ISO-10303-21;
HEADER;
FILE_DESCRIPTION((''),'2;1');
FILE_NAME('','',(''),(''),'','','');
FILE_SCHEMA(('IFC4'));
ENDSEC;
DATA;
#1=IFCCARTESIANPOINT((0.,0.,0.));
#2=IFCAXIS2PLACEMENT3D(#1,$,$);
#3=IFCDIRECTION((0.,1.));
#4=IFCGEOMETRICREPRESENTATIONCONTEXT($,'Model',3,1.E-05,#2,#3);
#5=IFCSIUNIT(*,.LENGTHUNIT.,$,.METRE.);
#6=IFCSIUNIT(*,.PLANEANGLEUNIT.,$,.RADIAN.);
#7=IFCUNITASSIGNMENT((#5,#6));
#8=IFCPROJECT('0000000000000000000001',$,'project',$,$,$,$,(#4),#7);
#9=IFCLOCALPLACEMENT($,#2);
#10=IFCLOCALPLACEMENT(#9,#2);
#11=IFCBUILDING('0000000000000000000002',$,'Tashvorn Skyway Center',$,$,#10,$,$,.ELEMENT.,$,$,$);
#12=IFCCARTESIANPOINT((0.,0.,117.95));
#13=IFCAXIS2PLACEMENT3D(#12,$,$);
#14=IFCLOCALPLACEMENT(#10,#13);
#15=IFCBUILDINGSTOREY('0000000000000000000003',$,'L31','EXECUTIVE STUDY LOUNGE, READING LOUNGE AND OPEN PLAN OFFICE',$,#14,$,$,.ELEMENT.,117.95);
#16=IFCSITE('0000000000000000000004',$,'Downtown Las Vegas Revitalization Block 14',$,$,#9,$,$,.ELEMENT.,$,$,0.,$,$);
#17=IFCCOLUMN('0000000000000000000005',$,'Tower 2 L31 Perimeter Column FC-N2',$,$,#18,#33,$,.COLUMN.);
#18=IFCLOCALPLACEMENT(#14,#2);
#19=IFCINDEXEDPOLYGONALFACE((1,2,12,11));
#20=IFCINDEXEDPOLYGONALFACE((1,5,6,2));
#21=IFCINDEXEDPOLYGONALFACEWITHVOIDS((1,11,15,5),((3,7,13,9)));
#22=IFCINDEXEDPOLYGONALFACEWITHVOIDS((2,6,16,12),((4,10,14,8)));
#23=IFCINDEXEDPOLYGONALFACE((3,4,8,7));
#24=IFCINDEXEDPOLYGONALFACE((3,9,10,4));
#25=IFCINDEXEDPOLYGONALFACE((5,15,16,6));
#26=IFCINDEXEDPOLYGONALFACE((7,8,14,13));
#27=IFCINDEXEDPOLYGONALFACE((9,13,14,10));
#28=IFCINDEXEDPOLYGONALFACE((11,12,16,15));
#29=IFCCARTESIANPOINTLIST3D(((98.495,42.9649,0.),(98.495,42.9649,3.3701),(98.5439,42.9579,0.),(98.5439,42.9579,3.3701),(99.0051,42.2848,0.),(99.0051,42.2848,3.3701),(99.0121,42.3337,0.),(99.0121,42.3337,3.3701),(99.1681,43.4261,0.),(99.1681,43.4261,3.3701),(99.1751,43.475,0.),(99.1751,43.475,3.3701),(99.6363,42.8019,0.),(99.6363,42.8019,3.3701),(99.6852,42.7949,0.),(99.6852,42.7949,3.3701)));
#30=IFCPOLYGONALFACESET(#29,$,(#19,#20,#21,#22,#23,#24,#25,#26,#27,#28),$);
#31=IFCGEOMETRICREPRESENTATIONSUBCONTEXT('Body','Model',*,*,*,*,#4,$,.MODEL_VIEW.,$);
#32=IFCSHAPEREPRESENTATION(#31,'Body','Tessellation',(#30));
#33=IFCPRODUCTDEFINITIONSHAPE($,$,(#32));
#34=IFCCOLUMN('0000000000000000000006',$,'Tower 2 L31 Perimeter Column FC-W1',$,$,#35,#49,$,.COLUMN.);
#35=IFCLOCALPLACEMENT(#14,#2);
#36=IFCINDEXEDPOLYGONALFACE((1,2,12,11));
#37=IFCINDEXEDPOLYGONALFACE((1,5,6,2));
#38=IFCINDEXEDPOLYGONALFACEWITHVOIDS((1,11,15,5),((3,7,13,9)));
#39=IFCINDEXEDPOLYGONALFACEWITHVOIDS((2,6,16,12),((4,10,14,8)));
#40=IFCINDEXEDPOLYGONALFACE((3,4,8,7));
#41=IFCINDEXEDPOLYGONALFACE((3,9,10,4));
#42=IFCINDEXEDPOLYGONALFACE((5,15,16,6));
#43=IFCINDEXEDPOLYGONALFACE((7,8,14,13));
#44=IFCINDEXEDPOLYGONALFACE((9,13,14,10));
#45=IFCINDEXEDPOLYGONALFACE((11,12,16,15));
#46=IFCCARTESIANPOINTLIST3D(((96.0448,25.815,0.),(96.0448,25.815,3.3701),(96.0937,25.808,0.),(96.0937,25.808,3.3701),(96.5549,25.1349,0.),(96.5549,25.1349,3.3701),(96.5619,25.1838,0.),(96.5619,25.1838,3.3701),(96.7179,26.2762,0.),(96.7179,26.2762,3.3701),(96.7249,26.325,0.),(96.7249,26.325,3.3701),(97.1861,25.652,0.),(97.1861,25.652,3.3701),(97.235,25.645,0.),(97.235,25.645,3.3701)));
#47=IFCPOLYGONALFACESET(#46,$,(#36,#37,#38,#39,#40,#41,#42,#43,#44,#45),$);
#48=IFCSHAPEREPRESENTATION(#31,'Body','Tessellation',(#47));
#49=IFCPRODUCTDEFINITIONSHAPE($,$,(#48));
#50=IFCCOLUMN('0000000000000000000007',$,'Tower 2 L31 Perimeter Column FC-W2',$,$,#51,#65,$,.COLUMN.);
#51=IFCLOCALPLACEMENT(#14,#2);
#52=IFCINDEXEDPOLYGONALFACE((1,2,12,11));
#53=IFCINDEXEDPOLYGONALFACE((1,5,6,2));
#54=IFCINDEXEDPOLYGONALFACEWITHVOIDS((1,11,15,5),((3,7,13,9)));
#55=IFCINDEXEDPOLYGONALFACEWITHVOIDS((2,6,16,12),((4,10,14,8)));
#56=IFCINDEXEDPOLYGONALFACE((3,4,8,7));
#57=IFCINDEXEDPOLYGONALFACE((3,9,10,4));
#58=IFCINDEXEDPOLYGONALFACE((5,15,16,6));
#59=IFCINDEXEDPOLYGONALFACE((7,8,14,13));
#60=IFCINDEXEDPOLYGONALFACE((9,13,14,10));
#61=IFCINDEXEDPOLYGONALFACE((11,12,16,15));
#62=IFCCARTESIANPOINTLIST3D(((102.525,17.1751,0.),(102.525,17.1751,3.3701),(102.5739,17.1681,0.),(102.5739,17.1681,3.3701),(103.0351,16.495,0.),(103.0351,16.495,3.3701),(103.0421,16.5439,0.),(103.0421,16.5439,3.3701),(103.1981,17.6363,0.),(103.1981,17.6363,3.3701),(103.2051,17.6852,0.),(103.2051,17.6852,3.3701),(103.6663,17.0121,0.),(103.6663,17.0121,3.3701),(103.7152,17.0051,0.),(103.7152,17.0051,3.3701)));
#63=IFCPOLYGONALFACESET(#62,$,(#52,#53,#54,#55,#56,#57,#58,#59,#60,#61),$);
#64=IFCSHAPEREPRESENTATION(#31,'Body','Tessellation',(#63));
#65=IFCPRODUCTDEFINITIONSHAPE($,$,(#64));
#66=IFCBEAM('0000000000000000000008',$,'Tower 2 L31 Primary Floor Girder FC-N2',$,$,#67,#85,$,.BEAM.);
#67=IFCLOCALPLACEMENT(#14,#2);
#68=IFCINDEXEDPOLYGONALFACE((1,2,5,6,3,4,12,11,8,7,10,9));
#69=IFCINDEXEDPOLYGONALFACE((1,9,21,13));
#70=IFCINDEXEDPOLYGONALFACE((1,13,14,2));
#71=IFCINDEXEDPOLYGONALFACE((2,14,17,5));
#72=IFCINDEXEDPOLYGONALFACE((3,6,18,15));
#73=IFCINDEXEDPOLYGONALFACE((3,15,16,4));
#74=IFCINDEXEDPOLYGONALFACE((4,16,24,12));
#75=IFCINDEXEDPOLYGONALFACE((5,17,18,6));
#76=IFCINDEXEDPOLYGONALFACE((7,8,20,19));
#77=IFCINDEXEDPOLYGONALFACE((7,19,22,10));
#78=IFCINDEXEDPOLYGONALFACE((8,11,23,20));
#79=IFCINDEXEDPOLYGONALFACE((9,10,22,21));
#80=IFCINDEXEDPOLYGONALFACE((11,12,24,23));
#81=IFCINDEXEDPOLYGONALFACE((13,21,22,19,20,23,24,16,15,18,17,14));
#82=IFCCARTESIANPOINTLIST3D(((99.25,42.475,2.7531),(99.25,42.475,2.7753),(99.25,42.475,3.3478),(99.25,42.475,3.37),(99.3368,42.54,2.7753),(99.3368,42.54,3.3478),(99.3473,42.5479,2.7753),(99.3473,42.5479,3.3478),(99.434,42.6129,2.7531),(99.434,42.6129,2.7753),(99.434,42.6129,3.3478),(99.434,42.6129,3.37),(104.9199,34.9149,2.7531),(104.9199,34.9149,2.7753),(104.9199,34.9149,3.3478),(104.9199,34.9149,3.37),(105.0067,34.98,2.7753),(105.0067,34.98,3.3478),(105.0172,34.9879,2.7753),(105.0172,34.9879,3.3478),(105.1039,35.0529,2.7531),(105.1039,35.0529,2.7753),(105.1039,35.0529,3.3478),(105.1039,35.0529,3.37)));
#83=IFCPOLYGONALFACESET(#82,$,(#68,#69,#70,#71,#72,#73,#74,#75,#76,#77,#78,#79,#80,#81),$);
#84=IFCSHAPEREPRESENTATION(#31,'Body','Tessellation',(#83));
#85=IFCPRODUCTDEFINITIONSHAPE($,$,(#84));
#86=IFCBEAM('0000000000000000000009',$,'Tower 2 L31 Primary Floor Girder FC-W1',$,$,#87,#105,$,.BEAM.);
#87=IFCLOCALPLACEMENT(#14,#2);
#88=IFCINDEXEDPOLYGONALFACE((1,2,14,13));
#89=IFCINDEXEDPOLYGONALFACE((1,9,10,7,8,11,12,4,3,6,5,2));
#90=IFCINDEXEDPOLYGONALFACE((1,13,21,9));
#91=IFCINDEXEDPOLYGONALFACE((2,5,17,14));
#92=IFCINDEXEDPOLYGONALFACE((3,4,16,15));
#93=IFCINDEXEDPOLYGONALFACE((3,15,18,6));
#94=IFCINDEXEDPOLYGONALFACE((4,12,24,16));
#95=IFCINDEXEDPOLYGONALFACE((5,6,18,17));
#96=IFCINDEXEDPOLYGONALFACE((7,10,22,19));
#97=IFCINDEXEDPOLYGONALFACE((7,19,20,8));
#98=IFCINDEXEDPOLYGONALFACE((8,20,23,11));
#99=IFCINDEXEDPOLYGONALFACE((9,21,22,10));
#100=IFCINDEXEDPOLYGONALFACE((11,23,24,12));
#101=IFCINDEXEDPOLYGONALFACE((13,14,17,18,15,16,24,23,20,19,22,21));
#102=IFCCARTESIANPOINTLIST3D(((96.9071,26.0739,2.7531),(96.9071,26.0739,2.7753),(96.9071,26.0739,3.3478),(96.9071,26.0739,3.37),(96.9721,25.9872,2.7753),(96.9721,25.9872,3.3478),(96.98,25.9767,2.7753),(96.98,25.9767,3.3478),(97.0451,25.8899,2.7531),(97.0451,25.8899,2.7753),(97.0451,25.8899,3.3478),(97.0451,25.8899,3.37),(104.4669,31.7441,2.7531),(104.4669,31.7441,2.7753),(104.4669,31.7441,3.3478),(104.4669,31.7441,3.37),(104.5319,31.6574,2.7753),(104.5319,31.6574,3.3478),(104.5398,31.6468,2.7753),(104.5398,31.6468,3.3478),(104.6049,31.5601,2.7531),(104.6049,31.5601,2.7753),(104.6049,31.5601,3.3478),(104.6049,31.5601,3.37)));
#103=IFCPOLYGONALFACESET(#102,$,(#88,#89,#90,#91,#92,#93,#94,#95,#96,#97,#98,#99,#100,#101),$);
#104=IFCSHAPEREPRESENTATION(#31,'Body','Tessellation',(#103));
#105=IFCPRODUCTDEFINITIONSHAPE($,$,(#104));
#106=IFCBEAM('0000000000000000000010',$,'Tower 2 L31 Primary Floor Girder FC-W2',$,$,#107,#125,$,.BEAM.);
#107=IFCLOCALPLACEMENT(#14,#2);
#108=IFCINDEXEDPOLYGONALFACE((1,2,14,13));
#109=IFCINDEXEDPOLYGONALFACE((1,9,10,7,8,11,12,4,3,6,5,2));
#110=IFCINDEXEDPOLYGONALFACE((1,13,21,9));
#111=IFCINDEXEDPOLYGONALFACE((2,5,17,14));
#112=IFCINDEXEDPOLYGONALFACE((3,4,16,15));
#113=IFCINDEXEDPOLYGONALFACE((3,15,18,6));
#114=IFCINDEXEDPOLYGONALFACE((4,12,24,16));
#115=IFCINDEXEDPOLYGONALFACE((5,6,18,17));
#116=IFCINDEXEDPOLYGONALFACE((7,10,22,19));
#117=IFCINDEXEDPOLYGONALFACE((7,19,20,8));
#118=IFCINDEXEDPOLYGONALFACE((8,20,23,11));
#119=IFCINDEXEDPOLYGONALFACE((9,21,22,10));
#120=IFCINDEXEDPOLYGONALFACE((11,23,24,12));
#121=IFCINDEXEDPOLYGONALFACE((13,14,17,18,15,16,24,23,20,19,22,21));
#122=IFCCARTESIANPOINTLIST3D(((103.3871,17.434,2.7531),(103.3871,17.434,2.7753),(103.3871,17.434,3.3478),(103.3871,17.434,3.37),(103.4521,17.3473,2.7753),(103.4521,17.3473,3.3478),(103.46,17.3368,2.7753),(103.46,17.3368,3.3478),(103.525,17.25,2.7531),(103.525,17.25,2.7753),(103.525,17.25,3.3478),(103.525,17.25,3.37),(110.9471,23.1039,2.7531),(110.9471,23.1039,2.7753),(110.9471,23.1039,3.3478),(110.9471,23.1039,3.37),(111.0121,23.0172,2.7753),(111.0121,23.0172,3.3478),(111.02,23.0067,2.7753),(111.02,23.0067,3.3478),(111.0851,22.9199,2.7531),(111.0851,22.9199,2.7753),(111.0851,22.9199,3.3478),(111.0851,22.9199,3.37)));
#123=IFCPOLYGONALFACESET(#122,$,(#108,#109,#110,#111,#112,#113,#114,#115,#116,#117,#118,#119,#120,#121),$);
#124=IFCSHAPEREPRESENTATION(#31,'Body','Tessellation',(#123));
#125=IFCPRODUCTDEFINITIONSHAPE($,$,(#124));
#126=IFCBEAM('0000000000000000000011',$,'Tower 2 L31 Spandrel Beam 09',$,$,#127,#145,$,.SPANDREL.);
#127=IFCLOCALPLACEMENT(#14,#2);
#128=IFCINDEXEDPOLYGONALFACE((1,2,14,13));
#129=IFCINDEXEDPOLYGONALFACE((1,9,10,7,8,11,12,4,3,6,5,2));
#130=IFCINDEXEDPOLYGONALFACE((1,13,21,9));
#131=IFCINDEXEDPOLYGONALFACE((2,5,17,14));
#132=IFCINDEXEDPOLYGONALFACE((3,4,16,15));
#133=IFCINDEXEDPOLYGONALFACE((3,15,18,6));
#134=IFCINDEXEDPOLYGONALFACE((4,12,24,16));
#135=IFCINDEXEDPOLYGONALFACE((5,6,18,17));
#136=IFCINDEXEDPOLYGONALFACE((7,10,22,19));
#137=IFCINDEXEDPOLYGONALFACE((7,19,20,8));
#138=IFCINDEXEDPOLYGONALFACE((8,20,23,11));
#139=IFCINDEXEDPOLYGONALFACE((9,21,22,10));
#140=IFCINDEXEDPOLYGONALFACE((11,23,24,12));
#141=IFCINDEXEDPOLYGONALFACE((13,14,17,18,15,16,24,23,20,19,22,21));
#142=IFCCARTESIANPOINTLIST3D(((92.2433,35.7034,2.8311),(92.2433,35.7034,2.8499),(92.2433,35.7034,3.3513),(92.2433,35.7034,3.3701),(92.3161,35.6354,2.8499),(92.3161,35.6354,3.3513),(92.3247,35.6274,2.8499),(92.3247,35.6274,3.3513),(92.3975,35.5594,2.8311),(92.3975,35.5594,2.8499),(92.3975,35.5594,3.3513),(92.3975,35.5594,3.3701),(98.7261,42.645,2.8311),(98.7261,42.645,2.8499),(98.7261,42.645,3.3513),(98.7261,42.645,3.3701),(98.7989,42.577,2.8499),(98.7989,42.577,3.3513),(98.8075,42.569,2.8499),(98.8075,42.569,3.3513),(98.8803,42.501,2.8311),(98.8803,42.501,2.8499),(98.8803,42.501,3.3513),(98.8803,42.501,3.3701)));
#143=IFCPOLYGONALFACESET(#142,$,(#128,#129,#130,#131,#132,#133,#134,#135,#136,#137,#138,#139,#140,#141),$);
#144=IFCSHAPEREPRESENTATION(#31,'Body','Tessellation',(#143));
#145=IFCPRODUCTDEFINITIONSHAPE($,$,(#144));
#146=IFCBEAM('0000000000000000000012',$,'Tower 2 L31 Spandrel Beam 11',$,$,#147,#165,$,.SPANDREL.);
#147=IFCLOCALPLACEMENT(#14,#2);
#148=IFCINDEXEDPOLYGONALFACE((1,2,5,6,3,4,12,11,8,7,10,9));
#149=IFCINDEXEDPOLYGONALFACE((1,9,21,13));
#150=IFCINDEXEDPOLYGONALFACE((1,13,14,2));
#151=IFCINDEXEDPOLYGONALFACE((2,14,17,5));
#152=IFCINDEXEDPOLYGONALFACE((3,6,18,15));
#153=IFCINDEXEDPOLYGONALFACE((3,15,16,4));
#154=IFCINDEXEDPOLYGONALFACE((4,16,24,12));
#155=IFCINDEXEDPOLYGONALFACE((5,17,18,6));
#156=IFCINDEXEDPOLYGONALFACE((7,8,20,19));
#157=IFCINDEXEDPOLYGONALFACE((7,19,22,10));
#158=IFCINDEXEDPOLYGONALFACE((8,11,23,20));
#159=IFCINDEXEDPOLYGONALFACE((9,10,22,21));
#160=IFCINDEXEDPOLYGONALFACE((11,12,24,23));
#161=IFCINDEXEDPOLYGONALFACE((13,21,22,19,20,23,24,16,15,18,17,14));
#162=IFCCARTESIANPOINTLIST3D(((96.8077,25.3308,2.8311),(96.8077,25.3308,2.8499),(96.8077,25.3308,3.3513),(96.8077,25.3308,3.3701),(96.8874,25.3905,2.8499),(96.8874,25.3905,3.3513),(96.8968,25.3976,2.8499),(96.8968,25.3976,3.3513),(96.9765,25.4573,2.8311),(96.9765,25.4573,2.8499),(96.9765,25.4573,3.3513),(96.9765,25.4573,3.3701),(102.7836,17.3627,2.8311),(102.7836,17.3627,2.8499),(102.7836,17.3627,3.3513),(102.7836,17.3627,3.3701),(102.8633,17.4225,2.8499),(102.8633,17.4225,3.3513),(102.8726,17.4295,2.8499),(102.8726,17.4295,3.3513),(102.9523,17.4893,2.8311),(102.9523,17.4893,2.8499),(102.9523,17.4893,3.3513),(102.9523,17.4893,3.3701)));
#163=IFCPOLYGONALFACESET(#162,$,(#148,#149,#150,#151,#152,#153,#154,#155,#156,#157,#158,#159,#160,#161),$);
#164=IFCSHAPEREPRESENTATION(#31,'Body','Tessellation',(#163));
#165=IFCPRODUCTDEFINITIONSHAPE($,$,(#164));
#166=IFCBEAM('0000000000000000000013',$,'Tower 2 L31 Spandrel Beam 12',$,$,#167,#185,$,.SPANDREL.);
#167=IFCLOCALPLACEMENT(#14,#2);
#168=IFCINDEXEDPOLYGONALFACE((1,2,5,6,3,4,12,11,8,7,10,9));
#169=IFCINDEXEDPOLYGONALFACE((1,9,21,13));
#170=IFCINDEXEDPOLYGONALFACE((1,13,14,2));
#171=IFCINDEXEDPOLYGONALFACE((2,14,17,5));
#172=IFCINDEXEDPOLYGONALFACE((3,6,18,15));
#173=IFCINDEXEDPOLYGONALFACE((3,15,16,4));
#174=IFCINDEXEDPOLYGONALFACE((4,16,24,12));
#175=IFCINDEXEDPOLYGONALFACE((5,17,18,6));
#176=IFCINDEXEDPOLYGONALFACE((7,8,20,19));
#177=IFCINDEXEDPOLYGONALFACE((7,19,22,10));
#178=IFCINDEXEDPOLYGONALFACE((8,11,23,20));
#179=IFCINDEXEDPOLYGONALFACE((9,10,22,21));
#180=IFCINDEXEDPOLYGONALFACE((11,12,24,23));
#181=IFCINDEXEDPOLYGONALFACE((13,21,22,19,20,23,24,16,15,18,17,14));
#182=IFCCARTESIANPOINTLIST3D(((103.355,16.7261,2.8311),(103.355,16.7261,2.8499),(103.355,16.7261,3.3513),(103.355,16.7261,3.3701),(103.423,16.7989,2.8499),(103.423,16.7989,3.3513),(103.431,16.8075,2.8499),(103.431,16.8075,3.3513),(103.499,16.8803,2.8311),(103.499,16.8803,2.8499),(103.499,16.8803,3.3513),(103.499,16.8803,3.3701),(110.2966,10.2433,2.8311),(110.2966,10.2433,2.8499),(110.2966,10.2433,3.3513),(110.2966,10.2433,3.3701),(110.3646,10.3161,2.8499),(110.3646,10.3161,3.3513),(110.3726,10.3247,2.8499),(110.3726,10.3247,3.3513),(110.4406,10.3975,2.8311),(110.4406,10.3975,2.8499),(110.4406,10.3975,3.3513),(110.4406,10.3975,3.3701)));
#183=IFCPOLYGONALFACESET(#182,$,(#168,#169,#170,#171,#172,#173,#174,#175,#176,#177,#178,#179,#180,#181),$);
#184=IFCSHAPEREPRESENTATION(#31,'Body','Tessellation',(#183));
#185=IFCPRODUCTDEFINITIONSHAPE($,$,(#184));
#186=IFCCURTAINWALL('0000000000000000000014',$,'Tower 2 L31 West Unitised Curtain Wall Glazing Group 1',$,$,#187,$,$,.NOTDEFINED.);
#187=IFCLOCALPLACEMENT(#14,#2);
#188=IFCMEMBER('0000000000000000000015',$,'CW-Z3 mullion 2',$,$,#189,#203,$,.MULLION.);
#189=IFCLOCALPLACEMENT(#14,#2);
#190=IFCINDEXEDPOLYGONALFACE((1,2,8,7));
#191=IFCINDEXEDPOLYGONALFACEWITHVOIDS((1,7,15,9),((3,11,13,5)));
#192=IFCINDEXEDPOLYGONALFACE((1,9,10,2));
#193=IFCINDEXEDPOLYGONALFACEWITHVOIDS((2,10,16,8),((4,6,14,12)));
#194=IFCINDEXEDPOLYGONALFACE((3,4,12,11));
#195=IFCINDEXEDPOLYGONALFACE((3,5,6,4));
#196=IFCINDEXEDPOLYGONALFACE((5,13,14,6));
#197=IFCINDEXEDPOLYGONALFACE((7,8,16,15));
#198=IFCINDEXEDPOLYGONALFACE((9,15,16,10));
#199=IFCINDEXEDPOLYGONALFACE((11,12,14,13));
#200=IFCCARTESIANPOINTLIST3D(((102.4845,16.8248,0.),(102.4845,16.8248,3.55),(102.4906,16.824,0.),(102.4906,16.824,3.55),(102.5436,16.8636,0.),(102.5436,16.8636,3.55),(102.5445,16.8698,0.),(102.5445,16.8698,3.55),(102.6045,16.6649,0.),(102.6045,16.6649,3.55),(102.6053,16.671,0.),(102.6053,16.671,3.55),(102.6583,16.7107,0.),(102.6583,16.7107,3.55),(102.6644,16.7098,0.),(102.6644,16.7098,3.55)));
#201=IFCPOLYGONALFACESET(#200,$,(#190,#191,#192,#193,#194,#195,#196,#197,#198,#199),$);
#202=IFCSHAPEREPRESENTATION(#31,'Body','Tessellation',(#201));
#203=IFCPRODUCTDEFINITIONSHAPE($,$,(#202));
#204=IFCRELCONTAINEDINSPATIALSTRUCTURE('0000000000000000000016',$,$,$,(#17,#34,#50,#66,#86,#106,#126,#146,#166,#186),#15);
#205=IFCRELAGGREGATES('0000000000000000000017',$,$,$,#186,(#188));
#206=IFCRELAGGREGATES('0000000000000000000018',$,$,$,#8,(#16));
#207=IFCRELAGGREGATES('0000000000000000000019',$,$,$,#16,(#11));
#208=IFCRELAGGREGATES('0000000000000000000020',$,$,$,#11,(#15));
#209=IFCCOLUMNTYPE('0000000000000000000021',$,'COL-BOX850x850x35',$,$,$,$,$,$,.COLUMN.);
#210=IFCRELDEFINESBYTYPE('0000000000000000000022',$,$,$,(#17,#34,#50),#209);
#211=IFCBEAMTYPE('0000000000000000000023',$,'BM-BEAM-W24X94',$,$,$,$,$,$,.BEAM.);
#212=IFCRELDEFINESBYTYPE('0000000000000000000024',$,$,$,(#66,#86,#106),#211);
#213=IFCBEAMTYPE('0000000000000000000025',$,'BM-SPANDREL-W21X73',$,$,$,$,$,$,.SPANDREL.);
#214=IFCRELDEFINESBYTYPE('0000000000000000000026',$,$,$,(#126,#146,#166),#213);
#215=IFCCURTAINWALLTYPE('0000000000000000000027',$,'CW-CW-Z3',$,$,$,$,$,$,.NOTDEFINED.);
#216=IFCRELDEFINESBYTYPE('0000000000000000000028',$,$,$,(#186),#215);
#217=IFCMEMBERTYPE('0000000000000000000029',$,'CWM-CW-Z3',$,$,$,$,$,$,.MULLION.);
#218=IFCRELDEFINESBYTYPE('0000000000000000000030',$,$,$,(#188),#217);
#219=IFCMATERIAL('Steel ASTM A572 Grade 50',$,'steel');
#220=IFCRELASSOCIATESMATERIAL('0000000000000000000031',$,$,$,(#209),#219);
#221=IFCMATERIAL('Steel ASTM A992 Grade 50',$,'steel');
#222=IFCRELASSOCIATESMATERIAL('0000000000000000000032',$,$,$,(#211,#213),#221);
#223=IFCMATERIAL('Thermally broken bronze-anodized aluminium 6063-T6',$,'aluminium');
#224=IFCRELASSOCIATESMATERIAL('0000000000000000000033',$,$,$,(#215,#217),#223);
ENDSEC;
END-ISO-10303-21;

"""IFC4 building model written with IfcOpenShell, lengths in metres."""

from ifc_helpers import new_model, si_unit, direction, frame, origin, origin_2d, place, context, subcontext, project, spatial, hollow_rectangle, i_section, extrude, material, material_profile, profile_set, type_object, element, aggregate, save


model = new_model("IFC4")

# Units and contexts
model_context = context("Model", 3, precision=1e-05, world=origin(), true_north=direction((0.0, 1.0)))
body_context = subcontext(model_context, "Body", "Model", "MODEL_VIEW")
ifc_project = project(units=[si_unit("LENGTHUNIT", "METRE"), si_unit("PLANEANGLEUNIT", "RADIAN")], contexts=[model_context])

# Site, building, storey
site_placement = place(None, origin())
site = spatial("IfcSite", under=ifc_project, at=site_placement, Name="Downtown Las Vegas Revitalization Block 14", CompositionType="ELEMENT", RefElevation=0.0)
building_placement = place(site_placement, origin())
building = spatial("IfcBuilding", under=site, at=building_placement, Name="Tashvorn Skyway Center", CompositionType="ELEMENT")
storey_placement = place(building_placement, frame((0.0, 0.0, 117.95)))
storey = spatial("IfcBuildingStorey", under=building, at=storey_placement, Name="L31", Description="EXECUTIVE STUDY LOUNGE, READING LOUNGE AND OPEN PLAN OFFICE", CompositionType="ELEMENT", Elevation=117.95)

# Columns
ifc_material_1 = material(Name="Steel ASTM A572 Grade 50", Category="steel")
ifc_material_profile_1 = material_profile(ifc_material_1, hollow_rectangle(XDim=0.8501, YDim=0.8501, WallThickness=0.0349, at=origin_2d()), Name="BOX850x850x35")
ifc_profile_set_1 = profile_set([ifc_material_profile_1], Name="Steel ASTM A572 Grade 50")
column_type = type_object("IfcColumnType", Name="COL-BOX850x850x35", PredefinedType="COLUMN", material=ifc_profile_set_1)
for number, where, z_axis, x_axis, name in (
    (1, (99.0901, 42.8799, 0.0), (0.0, 0.0, 1.0), (0.8, 0.6, 0.0), "Tower 2 L31 Perimeter Column FC-N2"),
    (2, (96.6399, 25.73, 0.0), (0.0, 0.0, 1.0), (0.8, 0.6, 0.0), "Tower 2 L31 Perimeter Column FC-W1"),
    (3, (103.1201, 17.0901, 0.0), (0.0, 0.0, 1.0), (0.8, 0.6, 0.0), "Tower 2 L31 Perimeter Column FC-W2"),
):
    element("IfcColumn", number, at=place(storey_placement, frame(where, z_axis=z_axis, x_axis=x_axis)), inside=storey, type_object=column_type, Name=name, PredefinedType="COLUMN", context=body_context, shape_type="SweptSolid", body=[
        extrude(hollow_rectangle(XDim=0.8501, YDim=0.8501, WallThickness=0.0349, at=origin_2d()), origin(), (0.0, 0.0, 1.0), 3.3701),
    ])

# Beams
ifc_material_2 = material(Name="Steel ASTM A992 Grade 50", Category="steel")
ifc_material_profile_2 = material_profile(ifc_material_2, i_section(OverallWidth=0.23, OverallDepth=0.6169, WebThickness=0.0132, FlangeThickness=0.0222, at=origin_2d()), Name="W24X94")
ifc_profile_set_2 = profile_set([ifc_material_profile_2], Name="Steel ASTM A992 Grade 50")
beam_type_1 = type_object("IfcBeamType", Name="BM-BEAM-W24X94", PredefinedType="BEAM", material=ifc_profile_set_2)
for number, where, z_axis, x_axis, name in (
    (4, (99.342, 42.5439, 3.0615), (0.599992, -0.800006, 0.0), (0.800006, 0.599992, 0.0), "Tower 2 L31 Primary Floor Girder FC-N2"),
    (5, (96.9761, 25.9819, 3.0615), (0.799984, 0.600021, 0.0), (-0.600021, 0.799984, 0.0), "Tower 2 L31 Primary Floor Girder FC-W1"),
    (6, (103.4561, 17.342, 3.0615), (0.800006, 0.599992, 0.0), (-0.599992, 0.800006, 0.0), "Tower 2 L31 Primary Floor Girder FC-W2"),
):
    element("IfcBeam", number, at=place(storey_placement, frame(where, z_axis=z_axis, x_axis=x_axis)), inside=storey, type_object=beam_type_1, Name=name, PredefinedType="BEAM", context=body_context, shape_type="SweptSolid", body=[
        extrude(i_section(OverallWidth=0.23, OverallDepth=0.6169, WebThickness=0.0132, FlangeThickness=0.0222, at=origin_2d()), origin(), (0.0, 0.0, 1.0), 9.45),
    ])
ifc_material_profile_3 = material_profile(ifc_material_2, i_section(OverallWidth=0.2109, OverallDepth=0.5391, WebThickness=0.0117, FlangeThickness=0.0188, at=origin_2d()), Name="W21X73")
ifc_profile_set_3 = profile_set([ifc_material_profile_3], Name="Steel ASTM A992 Grade 50")
beam_type_2 = type_object("IfcBeamType", Name="BM-SPANDREL-W21X73", PredefinedType="SPANDREL", material=ifc_profile_set_3)
beam_1_placement = place(storey_placement, frame((98.8032, 42.573, 3.1006), z_axis=(-0.682545, -0.730843, 0.0), x_axis=(0.730843, -0.682545, 0.0)))
element("IfcBeam", 7, at=beam_1_placement, inside=storey, type_object=beam_type_2, Name="Tower 2 L31 Spandrel Beam 09", PredefinedType="SPANDREL", context=body_context, shape_type="SweptSolid", body=[
    extrude(i_section(OverallWidth=0.2109, OverallDepth=0.5391, WebThickness=0.0117, FlangeThickness=0.0188, at=origin_2d()), origin(), (0.0, 0.0, 1.0), 9.498),
])
beam_2_placement = place(storey_placement, frame((96.8921, 25.394, 3.1006), z_axis=(0.599988, -0.800009, 0.0), x_axis=(0.800009, 0.599988, 0.0)))
element("IfcBeam", 8, at=beam_2_placement, inside=storey, type_object=beam_type_2, Name="Tower 2 L31 Spandrel Beam 11", PredefinedType="SPANDREL", context=body_context, shape_type="SweptSolid", body=[
    extrude(i_section(OverallWidth=0.2109, OverallDepth=0.5391, WebThickness=0.0117, FlangeThickness=0.0188, at=origin_2d()), origin(), (0.0, 0.0, 1.0), 9.96),
])
beam_3_placement = place(storey_placement, frame((103.427, 16.8032, 3.1006), z_axis=(0.730843, -0.682545, 0.0), x_axis=(0.682545, 0.730843, 0.0)))
element("IfcBeam", 9, at=beam_3_placement, inside=storey, type_object=beam_type_2, Name="Tower 2 L31 Spandrel Beam 12", PredefinedType="SPANDREL", context=body_context, shape_type="SweptSolid", body=[
    extrude(i_section(OverallWidth=0.2109, OverallDepth=0.5391, WebThickness=0.0117, FlangeThickness=0.0188, at=origin_2d()), origin(), (0.0, 0.0, 1.0), 9.498),
])

# Curtain wall, member
ifc_material_3 = material(Name="Thermally broken bronze-anodized aluminium 6063-T6", Category="aluminium")
curtain_wall_type = type_object("IfcCurtainWallType", Name="CW-CW-Z3", PredefinedType="NOTDEFINED", material=ifc_material_3)
curtain_wall_1_placement = place(storey_placement, origin())
curtain_wall_1 = element("IfcCurtainWall", 10, at=curtain_wall_1_placement, inside=storey, type_object=curtain_wall_type, Name="Tower 2 L31 West Unitised Curtain Wall Glazing Group 1", PredefinedType="NOTDEFINED")
ifc_material_profile_4 = material_profile(ifc_material_3, hollow_rectangle(XDim=0.075, YDim=0.2, WallThickness=0.0044, at=origin_2d()), Name="ALU-MULL-75x200")
ifc_profile_set_4 = profile_set([ifc_material_profile_4], Name="Thermally broken bronze-anodized aluminium 6063-T6")
member_type_1 = type_object("IfcMemberType", Name="CWM-CW-Z3", PredefinedType="MULLION", material=ifc_profile_set_4)
member_1_placement = place(storey_placement, frame((102.5745, 16.7673, 0.0), z_axis=(0.0, 0.0, 1.0), x_axis=(-0.799999, -0.600002, 0.0)))
member_1 = element("IfcMember", 11, at=member_1_placement, type_object=member_type_1, Name="CW-Z3 mullion 2", PredefinedType="MULLION", context=body_context, shape_type="SweptSolid", body=[
    extrude(hollow_rectangle(XDim=0.075, YDim=0.2, WallThickness=0.0044, at=origin_2d()), origin(), (0.0, 0.0, 1.0), 3.55),
])
aggregate(curtain_wall_1, [member_1])

save(model, "model.ifc")
